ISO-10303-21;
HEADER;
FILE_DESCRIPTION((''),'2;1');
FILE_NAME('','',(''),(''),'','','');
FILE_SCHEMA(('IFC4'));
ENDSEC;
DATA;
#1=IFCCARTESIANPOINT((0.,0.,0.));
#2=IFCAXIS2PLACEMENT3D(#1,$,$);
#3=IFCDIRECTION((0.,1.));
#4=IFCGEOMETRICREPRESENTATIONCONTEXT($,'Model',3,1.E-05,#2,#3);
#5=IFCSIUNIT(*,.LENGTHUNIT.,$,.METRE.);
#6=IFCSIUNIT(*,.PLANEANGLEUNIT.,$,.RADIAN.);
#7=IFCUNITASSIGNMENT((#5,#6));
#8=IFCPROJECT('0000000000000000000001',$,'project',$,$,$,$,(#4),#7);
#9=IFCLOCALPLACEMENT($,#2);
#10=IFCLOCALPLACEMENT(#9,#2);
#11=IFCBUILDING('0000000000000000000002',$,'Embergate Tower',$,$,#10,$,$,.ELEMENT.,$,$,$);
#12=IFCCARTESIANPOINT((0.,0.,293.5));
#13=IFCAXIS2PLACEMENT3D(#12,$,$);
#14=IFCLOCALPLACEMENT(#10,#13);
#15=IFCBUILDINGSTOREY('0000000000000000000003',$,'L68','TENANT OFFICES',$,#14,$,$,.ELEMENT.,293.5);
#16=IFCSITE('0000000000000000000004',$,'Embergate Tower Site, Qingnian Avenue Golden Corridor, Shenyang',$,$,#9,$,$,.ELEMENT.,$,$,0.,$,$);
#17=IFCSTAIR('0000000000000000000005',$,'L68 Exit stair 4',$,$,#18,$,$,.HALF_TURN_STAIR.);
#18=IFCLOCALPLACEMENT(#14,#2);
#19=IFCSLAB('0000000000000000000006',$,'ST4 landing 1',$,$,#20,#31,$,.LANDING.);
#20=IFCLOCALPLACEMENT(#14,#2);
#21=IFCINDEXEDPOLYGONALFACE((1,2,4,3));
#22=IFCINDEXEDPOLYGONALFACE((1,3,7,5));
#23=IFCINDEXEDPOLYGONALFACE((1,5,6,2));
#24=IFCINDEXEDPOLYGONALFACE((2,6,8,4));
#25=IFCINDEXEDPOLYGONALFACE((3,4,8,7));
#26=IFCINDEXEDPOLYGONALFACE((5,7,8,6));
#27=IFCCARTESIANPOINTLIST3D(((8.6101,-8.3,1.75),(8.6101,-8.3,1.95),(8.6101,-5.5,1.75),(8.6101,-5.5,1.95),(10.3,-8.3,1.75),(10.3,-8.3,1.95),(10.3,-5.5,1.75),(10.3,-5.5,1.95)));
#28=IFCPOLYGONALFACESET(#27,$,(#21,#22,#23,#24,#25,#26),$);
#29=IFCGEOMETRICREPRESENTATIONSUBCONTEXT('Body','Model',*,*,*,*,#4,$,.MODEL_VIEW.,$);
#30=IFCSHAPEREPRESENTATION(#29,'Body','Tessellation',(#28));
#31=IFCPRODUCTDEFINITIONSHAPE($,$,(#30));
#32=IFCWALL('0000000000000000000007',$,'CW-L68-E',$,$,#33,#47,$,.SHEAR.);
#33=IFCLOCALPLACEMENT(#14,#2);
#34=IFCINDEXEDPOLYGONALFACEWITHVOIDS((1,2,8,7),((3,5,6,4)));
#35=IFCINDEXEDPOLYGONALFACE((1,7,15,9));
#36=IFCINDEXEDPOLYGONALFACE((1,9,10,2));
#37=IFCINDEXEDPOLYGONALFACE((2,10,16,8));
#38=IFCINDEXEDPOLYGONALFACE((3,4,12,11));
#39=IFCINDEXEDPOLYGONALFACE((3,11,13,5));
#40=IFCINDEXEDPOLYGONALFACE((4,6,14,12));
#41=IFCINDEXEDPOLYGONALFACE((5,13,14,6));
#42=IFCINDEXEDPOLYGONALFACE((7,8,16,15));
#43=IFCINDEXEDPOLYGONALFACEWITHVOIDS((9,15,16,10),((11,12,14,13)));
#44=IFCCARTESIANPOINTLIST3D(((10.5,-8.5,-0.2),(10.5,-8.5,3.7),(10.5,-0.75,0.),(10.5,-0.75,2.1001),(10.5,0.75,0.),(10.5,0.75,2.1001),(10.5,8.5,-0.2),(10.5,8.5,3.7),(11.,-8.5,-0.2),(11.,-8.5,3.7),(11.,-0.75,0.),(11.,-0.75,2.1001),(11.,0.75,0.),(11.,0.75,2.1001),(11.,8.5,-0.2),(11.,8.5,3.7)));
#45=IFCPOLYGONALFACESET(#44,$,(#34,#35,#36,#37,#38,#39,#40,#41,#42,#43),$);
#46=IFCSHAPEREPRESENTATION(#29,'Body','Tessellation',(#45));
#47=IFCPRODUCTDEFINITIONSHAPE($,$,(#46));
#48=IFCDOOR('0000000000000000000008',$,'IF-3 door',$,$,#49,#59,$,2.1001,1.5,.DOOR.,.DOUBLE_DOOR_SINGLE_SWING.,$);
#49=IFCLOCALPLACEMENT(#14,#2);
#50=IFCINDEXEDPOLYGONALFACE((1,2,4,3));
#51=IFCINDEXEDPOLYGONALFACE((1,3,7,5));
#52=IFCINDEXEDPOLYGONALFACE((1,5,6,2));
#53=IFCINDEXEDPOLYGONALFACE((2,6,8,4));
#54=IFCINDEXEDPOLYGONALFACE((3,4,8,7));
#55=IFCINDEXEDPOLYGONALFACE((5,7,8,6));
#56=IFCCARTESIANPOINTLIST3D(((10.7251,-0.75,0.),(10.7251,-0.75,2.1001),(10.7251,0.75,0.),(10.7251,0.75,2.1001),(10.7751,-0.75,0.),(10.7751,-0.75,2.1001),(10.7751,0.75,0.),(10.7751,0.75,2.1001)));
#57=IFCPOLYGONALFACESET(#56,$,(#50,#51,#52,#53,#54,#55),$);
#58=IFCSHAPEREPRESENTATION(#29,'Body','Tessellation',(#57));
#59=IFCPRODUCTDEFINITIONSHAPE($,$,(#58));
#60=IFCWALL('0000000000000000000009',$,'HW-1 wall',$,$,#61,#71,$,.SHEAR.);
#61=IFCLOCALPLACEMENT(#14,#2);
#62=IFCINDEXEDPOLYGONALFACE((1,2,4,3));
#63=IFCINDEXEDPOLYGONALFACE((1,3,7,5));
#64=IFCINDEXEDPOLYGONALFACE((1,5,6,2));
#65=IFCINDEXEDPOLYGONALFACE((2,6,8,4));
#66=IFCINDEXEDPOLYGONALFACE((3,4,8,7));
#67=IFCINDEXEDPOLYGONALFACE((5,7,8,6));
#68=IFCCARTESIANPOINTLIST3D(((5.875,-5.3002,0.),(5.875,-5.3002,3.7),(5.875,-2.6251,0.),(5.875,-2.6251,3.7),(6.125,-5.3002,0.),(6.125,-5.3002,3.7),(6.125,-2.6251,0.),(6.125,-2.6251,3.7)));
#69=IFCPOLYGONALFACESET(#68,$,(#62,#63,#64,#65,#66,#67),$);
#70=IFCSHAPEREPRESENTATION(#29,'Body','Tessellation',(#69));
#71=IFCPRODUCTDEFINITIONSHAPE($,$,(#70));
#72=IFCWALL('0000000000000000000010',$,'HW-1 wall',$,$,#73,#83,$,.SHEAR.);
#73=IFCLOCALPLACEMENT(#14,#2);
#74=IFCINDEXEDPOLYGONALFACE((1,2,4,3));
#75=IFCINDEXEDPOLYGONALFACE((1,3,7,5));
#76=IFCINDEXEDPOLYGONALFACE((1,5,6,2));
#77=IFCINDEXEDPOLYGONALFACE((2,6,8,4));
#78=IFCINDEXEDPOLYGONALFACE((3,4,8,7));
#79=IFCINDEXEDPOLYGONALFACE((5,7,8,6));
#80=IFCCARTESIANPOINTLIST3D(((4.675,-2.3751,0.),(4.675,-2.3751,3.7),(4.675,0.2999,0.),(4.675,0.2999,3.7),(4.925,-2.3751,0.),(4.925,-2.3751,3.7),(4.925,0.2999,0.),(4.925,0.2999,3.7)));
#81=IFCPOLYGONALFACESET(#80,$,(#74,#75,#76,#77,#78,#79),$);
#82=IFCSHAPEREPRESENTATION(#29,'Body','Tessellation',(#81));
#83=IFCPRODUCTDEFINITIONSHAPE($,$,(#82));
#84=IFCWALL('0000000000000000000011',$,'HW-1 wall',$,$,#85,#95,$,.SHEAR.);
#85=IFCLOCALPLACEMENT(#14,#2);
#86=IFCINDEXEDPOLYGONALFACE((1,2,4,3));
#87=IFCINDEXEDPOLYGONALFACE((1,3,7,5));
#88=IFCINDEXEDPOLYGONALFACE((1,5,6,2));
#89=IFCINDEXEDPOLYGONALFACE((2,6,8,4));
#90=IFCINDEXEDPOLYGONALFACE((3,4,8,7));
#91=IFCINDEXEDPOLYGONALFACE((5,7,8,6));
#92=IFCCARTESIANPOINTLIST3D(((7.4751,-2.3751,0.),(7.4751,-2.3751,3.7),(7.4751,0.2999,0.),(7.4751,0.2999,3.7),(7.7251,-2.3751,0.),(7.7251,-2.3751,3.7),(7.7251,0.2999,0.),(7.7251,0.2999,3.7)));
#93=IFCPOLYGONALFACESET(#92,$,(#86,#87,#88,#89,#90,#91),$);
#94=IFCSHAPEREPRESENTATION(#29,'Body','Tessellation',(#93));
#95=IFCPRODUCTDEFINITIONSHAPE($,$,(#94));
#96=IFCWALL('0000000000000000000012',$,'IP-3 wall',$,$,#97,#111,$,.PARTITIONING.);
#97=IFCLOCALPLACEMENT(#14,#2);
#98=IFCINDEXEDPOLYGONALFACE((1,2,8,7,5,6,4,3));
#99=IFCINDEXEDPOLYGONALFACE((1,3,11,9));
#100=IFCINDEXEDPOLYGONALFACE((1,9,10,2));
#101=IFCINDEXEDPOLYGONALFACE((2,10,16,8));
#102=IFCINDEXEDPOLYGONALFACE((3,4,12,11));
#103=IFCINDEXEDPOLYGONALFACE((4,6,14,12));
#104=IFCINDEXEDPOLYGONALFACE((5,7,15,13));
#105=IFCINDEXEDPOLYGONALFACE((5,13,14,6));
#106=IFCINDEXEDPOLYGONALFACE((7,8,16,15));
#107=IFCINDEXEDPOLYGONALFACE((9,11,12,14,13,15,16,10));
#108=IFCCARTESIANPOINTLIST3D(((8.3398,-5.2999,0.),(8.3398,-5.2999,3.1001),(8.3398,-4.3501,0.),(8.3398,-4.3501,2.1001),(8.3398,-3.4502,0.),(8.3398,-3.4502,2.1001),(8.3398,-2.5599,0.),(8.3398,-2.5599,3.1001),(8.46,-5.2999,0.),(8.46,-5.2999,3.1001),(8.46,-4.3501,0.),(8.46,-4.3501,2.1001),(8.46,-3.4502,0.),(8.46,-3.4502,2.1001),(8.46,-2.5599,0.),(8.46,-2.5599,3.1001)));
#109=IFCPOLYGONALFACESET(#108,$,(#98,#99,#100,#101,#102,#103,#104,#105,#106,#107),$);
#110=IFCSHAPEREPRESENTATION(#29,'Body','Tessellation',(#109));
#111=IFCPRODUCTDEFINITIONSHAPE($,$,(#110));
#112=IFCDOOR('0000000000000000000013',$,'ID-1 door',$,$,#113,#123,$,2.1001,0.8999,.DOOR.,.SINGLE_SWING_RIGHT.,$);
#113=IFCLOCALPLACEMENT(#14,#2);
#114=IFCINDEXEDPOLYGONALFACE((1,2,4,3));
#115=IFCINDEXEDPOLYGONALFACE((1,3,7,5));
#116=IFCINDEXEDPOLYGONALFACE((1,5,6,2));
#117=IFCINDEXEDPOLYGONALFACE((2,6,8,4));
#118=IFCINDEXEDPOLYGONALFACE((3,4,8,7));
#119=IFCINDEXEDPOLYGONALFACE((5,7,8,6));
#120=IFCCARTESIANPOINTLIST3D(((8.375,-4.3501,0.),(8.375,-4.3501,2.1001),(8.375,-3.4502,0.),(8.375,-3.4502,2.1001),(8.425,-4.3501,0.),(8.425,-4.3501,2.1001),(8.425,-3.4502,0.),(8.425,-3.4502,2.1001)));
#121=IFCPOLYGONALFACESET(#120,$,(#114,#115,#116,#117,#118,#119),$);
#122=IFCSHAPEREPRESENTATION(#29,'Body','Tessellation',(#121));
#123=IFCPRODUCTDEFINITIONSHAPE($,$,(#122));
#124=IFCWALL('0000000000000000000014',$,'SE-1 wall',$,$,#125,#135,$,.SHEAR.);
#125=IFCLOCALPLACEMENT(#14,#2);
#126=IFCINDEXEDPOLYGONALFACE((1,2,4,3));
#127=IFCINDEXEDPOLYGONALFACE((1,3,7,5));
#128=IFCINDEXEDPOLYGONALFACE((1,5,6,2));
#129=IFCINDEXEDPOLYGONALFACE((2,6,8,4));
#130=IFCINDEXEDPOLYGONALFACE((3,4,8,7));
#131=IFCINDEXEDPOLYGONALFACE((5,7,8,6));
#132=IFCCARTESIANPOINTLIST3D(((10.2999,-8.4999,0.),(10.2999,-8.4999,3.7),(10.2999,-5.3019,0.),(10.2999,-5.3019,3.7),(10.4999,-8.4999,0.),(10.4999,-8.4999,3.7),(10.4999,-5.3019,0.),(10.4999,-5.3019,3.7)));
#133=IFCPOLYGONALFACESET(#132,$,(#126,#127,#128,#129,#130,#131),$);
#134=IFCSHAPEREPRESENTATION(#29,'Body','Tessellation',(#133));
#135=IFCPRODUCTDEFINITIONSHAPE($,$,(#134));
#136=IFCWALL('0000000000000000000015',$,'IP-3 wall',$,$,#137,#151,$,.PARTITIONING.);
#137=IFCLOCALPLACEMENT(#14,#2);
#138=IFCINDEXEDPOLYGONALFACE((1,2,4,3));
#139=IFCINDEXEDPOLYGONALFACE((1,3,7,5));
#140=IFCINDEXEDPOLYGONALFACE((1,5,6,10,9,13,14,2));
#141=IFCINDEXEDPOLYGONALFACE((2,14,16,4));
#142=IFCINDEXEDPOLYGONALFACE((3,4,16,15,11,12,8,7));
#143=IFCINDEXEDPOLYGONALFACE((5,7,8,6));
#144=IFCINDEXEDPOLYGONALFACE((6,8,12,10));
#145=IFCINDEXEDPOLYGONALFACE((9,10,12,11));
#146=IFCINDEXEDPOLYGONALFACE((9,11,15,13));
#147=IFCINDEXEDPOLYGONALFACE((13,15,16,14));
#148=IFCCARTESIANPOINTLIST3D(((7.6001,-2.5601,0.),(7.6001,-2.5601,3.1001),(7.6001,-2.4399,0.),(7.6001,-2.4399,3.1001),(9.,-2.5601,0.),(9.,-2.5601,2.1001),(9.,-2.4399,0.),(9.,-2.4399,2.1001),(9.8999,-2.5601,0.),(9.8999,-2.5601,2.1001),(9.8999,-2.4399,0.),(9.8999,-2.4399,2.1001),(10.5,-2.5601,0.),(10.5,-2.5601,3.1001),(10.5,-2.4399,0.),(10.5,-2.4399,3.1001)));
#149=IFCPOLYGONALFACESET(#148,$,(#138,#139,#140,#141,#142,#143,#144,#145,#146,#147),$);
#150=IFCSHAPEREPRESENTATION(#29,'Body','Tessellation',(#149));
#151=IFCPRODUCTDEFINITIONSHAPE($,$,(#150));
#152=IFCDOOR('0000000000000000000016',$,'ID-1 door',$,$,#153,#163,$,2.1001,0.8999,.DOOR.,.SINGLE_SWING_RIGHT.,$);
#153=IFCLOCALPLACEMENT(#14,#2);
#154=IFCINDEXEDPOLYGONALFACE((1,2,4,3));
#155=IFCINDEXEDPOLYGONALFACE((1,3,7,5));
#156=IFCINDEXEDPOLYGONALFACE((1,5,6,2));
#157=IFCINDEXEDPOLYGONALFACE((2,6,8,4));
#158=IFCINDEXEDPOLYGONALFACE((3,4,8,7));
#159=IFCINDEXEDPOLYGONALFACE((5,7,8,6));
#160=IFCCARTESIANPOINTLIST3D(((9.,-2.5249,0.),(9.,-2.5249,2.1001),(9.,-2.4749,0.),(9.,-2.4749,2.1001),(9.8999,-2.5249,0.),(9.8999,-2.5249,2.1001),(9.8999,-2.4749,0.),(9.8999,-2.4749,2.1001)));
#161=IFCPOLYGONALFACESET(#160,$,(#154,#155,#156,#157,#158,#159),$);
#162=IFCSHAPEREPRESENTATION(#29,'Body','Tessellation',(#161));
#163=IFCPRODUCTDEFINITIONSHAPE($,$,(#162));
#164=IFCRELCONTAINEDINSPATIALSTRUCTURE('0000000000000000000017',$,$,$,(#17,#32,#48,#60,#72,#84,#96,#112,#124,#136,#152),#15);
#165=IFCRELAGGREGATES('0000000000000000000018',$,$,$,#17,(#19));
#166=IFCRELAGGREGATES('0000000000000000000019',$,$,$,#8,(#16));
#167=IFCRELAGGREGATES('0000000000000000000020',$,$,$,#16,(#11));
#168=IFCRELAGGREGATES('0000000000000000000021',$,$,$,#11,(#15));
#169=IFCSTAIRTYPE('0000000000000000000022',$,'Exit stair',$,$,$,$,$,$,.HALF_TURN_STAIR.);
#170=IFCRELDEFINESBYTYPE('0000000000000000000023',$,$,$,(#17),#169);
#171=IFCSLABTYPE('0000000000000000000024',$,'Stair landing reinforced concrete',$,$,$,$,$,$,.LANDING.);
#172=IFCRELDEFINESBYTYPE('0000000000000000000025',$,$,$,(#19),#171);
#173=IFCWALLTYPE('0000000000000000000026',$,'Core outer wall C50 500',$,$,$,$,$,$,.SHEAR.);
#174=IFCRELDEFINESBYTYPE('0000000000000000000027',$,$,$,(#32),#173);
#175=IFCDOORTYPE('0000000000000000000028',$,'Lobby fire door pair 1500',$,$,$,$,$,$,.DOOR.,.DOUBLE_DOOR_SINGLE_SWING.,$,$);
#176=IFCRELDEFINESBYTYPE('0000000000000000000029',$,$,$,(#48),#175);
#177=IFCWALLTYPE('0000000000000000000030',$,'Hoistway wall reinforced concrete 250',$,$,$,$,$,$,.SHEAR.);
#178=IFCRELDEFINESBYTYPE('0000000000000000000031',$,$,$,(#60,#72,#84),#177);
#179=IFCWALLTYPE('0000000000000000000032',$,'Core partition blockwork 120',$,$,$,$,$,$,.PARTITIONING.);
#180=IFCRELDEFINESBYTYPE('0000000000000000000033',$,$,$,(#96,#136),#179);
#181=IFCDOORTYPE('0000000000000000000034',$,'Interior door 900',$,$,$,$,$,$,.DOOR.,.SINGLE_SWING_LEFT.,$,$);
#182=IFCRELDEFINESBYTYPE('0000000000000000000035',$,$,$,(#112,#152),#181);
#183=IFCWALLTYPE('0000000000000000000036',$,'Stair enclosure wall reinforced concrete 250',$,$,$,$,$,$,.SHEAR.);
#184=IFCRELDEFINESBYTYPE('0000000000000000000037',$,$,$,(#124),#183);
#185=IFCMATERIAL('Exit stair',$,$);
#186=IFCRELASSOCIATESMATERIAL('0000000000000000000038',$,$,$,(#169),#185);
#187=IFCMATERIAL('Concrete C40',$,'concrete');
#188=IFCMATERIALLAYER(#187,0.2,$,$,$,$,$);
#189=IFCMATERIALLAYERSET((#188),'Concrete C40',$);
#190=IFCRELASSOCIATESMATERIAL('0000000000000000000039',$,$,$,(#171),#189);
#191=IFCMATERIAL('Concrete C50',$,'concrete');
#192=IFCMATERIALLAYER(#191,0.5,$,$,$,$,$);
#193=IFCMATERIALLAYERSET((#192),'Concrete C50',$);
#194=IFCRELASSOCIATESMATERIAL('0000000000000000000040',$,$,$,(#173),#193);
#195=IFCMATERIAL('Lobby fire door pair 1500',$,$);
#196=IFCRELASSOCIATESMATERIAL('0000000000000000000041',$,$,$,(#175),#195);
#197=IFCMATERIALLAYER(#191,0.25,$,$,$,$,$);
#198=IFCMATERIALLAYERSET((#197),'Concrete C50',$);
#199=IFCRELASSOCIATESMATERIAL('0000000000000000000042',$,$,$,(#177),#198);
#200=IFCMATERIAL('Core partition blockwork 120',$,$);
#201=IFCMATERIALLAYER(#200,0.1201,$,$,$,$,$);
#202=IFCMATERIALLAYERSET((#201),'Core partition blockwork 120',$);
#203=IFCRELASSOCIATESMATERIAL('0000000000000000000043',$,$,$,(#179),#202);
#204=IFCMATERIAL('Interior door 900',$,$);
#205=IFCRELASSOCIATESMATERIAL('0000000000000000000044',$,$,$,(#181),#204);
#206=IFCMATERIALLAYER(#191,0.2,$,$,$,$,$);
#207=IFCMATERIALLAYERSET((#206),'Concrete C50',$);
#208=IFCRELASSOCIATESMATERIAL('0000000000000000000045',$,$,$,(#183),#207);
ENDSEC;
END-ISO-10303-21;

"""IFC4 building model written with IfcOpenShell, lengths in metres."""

from ifc_helpers import new_model, si_unit, direction, frame, frame_2d, origin, place, context, subcontext, project, spatial, polyline, rectangle, outline, extrude, source, transform, mapped, material, layer, layer_set, type_object, element, fill, aggregate, save


model = new_model("IFC4")

# Units and contexts
model_context = context("Model", 3, precision=1e-05, world=origin(), true_north=direction((0.0, 1.0)))
body_context = subcontext(model_context, "Body", "Model", "MODEL_VIEW")
ifc_project = project(units=[si_unit("LENGTHUNIT", "METRE"), si_unit("PLANEANGLEUNIT", "RADIAN")], contexts=[model_context])

# Site, building, storey
site_placement = place(None, origin())
site = spatial("IfcSite", under=ifc_project, at=site_placement, Name="Embergate Tower Site, Qingnian Avenue Golden Corridor, Shenyang", CompositionType="ELEMENT", RefElevation=0.0)
building_placement = place(site_placement, origin())
building = spatial("IfcBuilding", under=site, at=building_placement, Name="Embergate Tower", CompositionType="ELEMENT")
storey_placement = place(building_placement, frame((0.0, 0.0, 293.5)))
storey = spatial("IfcBuildingStorey", under=building, at=storey_placement, Name="L68", Description="TENANT OFFICES", CompositionType="ELEMENT", Elevation=293.5)

# Stair, slab
ifc_material_1 = material(Name="Exit stair")
stair_type = type_object("IfcStairType", Name="Exit stair", PredefinedType="HALF_TURN_STAIR", material=ifc_material_1)
stair_placement = place(storey_placement, origin())
stair = element("IfcStair", 1, at=stair_placement, inside=storey, type_object=stair_type, Name="L68 Exit stair 4", PredefinedType="HALF_TURN_STAIR")
ifc_material_2 = material(Name="Concrete C40", Category="concrete")
ifc_layer_1 = layer(ifc_material_2, 0.2)
ifc_layer_set_1 = layer_set([ifc_layer_1], Name="Concrete C40")
slab_type = type_object("IfcSlabType", Name="Stair landing reinforced concrete", PredefinedType="LANDING", material=ifc_layer_set_1)
shared_shape_1 = source(origin(), body_context, "Body", "SweptSolid", [
    extrude(outline(polyline([(0.0, 0.0), (1.6899, 0.0), (1.6899, 2.8), (0.0, 2.8), (0.0, 0.0)])), origin(), (0.0, 0.0, 1.0), 0.2),
])
slab_placement = place(storey_placement, frame((8.6101, -8.3, 1.75)))
slab = element("IfcSlab", 2, at=slab_placement, type_object=slab_type, Name="ST4 landing 1", PredefinedType="LANDING", context=body_context, shape_type="MappedRepresentation", body=[
    mapped(shared_shape_1, transform((0.0, 0.0, 0.0))),
])

# Wall, opening, door
ifc_material_3 = material(Name="Concrete C50", Category="concrete")
ifc_layer_2 = layer(ifc_material_3, 0.5)
ifc_layer_set_2 = layer_set([ifc_layer_2], Name="Concrete C50")
wall_type_1 = type_object("IfcWallType", Name="Core outer wall C50 500", PredefinedType="SHEAR", material=ifc_layer_set_2)
shared_shape_2 = source(origin(), body_context, "Body", "SweptSolid", [
    extrude(rectangle(XDim=17.0, YDim=0.5, at=frame_2d((8.5, 0.0))), origin(), (0.0, 0.0, 1.0), 3.8999),
])
wall_1_placement = place(storey_placement, frame((10.75, -8.5, -0.2), z_axis=(0.0, 0.0, 1.0), x_axis=(0.0, 1.0, 0.0)))
wall_1 = element("IfcWall", 3, at=wall_1_placement, inside=storey, type_object=wall_type_1, Name="CW-L68-E", PredefinedType="SHEAR", context=body_context, shape_type="MappedRepresentation", body=[
    mapped(shared_shape_2, transform((0.0, 0.0, 0.0))),
])
shared_shape_3 = source(origin(), body_context, "Body", "SweptSolid", [
    extrude(rectangle(XDim=1.5, YDim=2.1001, at=frame_2d((0.75, 1.05))), frame((0.0, 0.26, 0.0), z_axis=(0.0, -1.0, 0.0), x_axis=(1.0, 0.0, 0.0)), (0.0, 0.0, 1.0), 0.52),
])
opening_1_placement = place(wall_1_placement, frame((7.75, 0.0, 0.2)))
opening_1 = element("IfcOpeningElement", 4, at=opening_1_placement, cuts=wall_1, PredefinedType="OPENING", context=body_context, shape_type="MappedRepresentation", body=[
    mapped(shared_shape_3, transform((0.0, 0.0, 0.0))),
])
ifc_material_4 = material(Name="Lobby fire door pair 1500")
door_type_1 = type_object("IfcDoorType", Name="Lobby fire door pair 1500", OperationType="DOUBLE_DOOR_SINGLE_SWING", PredefinedType="DOOR", material=ifc_material_4)
shared_shape_4 = source(origin(), body_context, "Body", "SweptSolid", [
    extrude(rectangle(XDim=1.5, YDim=2.1001, at=frame_2d((0.75, 1.05))), frame((0.0, 0.0249, 0.0), z_axis=(0.0, -1.0, 0.0), x_axis=(1.0, 0.0, 0.0)), (0.0, 0.0, 1.0), 0.05),
])
door_1_placement = place(opening_1_placement, origin())
door_1 = element("IfcDoor", 5, at=door_1_placement, inside=storey, type_object=door_type_1, Name="IF-3 door", OperationType="DOUBLE_DOOR_SINGLE_SWING", OverallHeight=2.1001, OverallWidth=1.5, PredefinedType="DOOR", context=body_context, shape_type="MappedRepresentation", body=[
    mapped(shared_shape_4, transform((0.0, 0.0, 0.0))),
])
fill(opening_1, door_1)

# Walls
ifc_layer_3 = layer(ifc_material_3, 0.25)
ifc_layer_set_3 = layer_set([ifc_layer_3], Name="Concrete C50")
wall_type_2 = type_object("IfcWallType", Name="Hoistway wall reinforced concrete 250", PredefinedType="SHEAR", material=ifc_layer_set_3)
shared_shape_5 = source(origin(), body_context, "Body", "SweptSolid", [
    extrude(rectangle(XDim=2.675, YDim=0.25, at=frame_2d((1.3374, 0.0))), origin(), (0.0, 0.0, 1.0), 3.7),
])
for number, where, z_axis, x_axis, name in (
    (6, (6.0, -5.3, 0.0), (0.0, 0.0, 1.0), (0.0, 1.0, 0.0), "HW-1 wall"),
    (7, (4.8, -2.375, 0.0), (0.0, 0.0, 1.0), (0.0, 1.0, 0.0), "HW-1 wall"),
    (8, (7.6001, -2.375, 0.0), (0.0, 0.0, 1.0), (0.0, 1.0, 0.0), "HW-1 wall"),
):
    element("IfcWall", number, at=place(storey_placement, frame(where, z_axis=z_axis, x_axis=x_axis)), inside=storey, type_object=wall_type_2, Name=name, PredefinedType="SHEAR", context=body_context, shape_type="MappedRepresentation", body=[
        mapped(shared_shape_5, transform((0.0, 0.0, 0.0))),
    ])

# Wall, opening, door
ifc_material_5 = material(Name="Core partition blockwork 120")
ifc_layer_4 = layer(ifc_material_5, 0.1201)
ifc_layer_set_4 = layer_set([ifc_layer_4], Name="Core partition blockwork 120")
wall_type_3 = type_object("IfcWallType", Name="Core partition blockwork 120", PredefinedType="PARTITIONING", material=ifc_layer_set_4)
shared_shape_6 = source(origin(), body_context, "Body", "SweptSolid", [
    extrude(rectangle(XDim=2.74, YDim=0.1201, at=frame_2d((1.3701, 0.0))), origin(), (0.0, 0.0, 1.0), 3.1001),
])
wall_2_placement = place(storey_placement, frame((8.3999, -5.3, 0.0), z_axis=(0.0, 0.0, 1.0), x_axis=(0.0, 1.0, 0.0)))
wall_2 = element("IfcWall", 9, at=wall_2_placement, inside=storey, type_object=wall_type_3, Name="IP-3 wall", PredefinedType="PARTITIONING", context=body_context, shape_type="MappedRepresentation", body=[
    mapped(shared_shape_6, transform((0.0, 0.0, 0.0))),
])
shared_shape_7 = source(origin(), body_context, "Body", "SweptSolid", [
    extrude(rectangle(XDim=0.8999, YDim=2.1001, at=frame_2d((0.45, 1.05))), frame((0.0, 0.0701, 0.0), z_axis=(0.0, -1.0, 0.0), x_axis=(1.0, 0.0, 0.0)), (0.0, 0.0, 1.0), 0.1401),
])
opening_2_placement = place(wall_2_placement, frame((0.95, 0.0, 0.0)))
opening_2 = element("IfcOpeningElement", 10, at=opening_2_placement, cuts=wall_2, PredefinedType="OPENING", context=body_context, shape_type="MappedRepresentation", body=[
    mapped(shared_shape_7, transform((0.0, 0.0, 0.0))),
])
ifc_material_6 = material(Name="Interior door 900")
door_type_2 = type_object("IfcDoorType", Name="Interior door 900", OperationType="SINGLE_SWING_LEFT", PredefinedType="DOOR", material=ifc_material_6)
shared_shape_8 = source(origin(), body_context, "Body", "SweptSolid", [
    extrude(rectangle(XDim=0.8999, YDim=2.1001, at=frame_2d((0.45, 1.05))), frame((0.0, 0.0249, 0.0), z_axis=(0.0, -1.0, 0.0), x_axis=(1.0, 0.0, 0.0)), (0.0, 0.0, 1.0), 0.05),
])
door_2_placement = place(opening_2_placement, origin())
door_2 = element("IfcDoor", 11, at=door_2_placement, inside=storey, type_object=door_type_2, Name="ID-1 door", OperationType="SINGLE_SWING_RIGHT", OverallHeight=2.1001, OverallWidth=0.8999, PredefinedType="DOOR", context=body_context, shape_type="MappedRepresentation", body=[
    mapped(shared_shape_8, transform((0.0, 0.0, 0.0))),
])
fill(opening_2, door_2)

# Wall
ifc_layer_5 = layer(ifc_material_3, 0.2)
ifc_layer_set_5 = layer_set([ifc_layer_5], Name="Concrete C50")
wall_type_4 = type_object("IfcWallType", Name="Stair enclosure wall reinforced concrete 250", PredefinedType="SHEAR", material=ifc_layer_set_5)
shared_shape_9 = source(origin(), body_context, "Body", "SweptSolid", [
    extrude(rectangle(XDim=3.198, YDim=0.2, at=frame_2d((1.5991, 0.0))), origin(), (0.0, 0.0, 1.0), 3.7),
])
wall_3_placement = place(storey_placement, frame((10.3999, -8.5, 0.0), z_axis=(0.0, 0.0, 1.0), x_axis=(0.0, 1.0, 0.0)))
element("IfcWall", 12, at=wall_3_placement, inside=storey, type_object=wall_type_4, Name="SE-1 wall", PredefinedType="SHEAR", context=body_context, shape_type="MappedRepresentation", body=[
    mapped(shared_shape_9, transform((0.0, 0.0, 0.0))),
])

# Wall, opening, door
shared_shape_10 = source(origin(), body_context, "Body", "SweptSolid", [
    extrude(rectangle(XDim=2.8999, YDim=0.1201, at=frame_2d((1.45, 0.0))), origin(), (0.0, 0.0, 1.0), 3.1001),
])
wall_4_placement = place(storey_placement, frame((10.5, -2.5, 0.0), z_axis=(0.0, 0.0, 1.0), x_axis=(-1.0, 0.0, 0.0)))
wall_4 = element("IfcWall", 13, at=wall_4_placement, inside=storey, type_object=wall_type_3, Name="IP-3 wall", PredefinedType="PARTITIONING", context=body_context, shape_type="MappedRepresentation", body=[
    mapped(shared_shape_10, transform((0.0, 0.0, 0.0))),
])
opening_3_placement = place(wall_4_placement, frame((0.6001, 0.0, 0.0)))
opening_3 = element("IfcOpeningElement", 14, at=opening_3_placement, cuts=wall_4, PredefinedType="OPENING", context=body_context, shape_type="MappedRepresentation", body=[
    mapped(shared_shape_7, transform((0.0, 0.0, 0.0))),
])
door_3_placement = place(opening_3_placement, origin())
door_3 = element("IfcDoor", 15, at=door_3_placement, inside=storey, type_object=door_type_2, Name="ID-1 door", OperationType="SINGLE_SWING_RIGHT", OverallHeight=2.1001, OverallWidth=0.8999, PredefinedType="DOOR", context=body_context, shape_type="MappedRepresentation", body=[
    mapped(shared_shape_8, transform((0.0, 0.0, 0.0))),
])
fill(opening_3, door_3)

aggregate(stair, [slab])

save(model, "model.ifc")
